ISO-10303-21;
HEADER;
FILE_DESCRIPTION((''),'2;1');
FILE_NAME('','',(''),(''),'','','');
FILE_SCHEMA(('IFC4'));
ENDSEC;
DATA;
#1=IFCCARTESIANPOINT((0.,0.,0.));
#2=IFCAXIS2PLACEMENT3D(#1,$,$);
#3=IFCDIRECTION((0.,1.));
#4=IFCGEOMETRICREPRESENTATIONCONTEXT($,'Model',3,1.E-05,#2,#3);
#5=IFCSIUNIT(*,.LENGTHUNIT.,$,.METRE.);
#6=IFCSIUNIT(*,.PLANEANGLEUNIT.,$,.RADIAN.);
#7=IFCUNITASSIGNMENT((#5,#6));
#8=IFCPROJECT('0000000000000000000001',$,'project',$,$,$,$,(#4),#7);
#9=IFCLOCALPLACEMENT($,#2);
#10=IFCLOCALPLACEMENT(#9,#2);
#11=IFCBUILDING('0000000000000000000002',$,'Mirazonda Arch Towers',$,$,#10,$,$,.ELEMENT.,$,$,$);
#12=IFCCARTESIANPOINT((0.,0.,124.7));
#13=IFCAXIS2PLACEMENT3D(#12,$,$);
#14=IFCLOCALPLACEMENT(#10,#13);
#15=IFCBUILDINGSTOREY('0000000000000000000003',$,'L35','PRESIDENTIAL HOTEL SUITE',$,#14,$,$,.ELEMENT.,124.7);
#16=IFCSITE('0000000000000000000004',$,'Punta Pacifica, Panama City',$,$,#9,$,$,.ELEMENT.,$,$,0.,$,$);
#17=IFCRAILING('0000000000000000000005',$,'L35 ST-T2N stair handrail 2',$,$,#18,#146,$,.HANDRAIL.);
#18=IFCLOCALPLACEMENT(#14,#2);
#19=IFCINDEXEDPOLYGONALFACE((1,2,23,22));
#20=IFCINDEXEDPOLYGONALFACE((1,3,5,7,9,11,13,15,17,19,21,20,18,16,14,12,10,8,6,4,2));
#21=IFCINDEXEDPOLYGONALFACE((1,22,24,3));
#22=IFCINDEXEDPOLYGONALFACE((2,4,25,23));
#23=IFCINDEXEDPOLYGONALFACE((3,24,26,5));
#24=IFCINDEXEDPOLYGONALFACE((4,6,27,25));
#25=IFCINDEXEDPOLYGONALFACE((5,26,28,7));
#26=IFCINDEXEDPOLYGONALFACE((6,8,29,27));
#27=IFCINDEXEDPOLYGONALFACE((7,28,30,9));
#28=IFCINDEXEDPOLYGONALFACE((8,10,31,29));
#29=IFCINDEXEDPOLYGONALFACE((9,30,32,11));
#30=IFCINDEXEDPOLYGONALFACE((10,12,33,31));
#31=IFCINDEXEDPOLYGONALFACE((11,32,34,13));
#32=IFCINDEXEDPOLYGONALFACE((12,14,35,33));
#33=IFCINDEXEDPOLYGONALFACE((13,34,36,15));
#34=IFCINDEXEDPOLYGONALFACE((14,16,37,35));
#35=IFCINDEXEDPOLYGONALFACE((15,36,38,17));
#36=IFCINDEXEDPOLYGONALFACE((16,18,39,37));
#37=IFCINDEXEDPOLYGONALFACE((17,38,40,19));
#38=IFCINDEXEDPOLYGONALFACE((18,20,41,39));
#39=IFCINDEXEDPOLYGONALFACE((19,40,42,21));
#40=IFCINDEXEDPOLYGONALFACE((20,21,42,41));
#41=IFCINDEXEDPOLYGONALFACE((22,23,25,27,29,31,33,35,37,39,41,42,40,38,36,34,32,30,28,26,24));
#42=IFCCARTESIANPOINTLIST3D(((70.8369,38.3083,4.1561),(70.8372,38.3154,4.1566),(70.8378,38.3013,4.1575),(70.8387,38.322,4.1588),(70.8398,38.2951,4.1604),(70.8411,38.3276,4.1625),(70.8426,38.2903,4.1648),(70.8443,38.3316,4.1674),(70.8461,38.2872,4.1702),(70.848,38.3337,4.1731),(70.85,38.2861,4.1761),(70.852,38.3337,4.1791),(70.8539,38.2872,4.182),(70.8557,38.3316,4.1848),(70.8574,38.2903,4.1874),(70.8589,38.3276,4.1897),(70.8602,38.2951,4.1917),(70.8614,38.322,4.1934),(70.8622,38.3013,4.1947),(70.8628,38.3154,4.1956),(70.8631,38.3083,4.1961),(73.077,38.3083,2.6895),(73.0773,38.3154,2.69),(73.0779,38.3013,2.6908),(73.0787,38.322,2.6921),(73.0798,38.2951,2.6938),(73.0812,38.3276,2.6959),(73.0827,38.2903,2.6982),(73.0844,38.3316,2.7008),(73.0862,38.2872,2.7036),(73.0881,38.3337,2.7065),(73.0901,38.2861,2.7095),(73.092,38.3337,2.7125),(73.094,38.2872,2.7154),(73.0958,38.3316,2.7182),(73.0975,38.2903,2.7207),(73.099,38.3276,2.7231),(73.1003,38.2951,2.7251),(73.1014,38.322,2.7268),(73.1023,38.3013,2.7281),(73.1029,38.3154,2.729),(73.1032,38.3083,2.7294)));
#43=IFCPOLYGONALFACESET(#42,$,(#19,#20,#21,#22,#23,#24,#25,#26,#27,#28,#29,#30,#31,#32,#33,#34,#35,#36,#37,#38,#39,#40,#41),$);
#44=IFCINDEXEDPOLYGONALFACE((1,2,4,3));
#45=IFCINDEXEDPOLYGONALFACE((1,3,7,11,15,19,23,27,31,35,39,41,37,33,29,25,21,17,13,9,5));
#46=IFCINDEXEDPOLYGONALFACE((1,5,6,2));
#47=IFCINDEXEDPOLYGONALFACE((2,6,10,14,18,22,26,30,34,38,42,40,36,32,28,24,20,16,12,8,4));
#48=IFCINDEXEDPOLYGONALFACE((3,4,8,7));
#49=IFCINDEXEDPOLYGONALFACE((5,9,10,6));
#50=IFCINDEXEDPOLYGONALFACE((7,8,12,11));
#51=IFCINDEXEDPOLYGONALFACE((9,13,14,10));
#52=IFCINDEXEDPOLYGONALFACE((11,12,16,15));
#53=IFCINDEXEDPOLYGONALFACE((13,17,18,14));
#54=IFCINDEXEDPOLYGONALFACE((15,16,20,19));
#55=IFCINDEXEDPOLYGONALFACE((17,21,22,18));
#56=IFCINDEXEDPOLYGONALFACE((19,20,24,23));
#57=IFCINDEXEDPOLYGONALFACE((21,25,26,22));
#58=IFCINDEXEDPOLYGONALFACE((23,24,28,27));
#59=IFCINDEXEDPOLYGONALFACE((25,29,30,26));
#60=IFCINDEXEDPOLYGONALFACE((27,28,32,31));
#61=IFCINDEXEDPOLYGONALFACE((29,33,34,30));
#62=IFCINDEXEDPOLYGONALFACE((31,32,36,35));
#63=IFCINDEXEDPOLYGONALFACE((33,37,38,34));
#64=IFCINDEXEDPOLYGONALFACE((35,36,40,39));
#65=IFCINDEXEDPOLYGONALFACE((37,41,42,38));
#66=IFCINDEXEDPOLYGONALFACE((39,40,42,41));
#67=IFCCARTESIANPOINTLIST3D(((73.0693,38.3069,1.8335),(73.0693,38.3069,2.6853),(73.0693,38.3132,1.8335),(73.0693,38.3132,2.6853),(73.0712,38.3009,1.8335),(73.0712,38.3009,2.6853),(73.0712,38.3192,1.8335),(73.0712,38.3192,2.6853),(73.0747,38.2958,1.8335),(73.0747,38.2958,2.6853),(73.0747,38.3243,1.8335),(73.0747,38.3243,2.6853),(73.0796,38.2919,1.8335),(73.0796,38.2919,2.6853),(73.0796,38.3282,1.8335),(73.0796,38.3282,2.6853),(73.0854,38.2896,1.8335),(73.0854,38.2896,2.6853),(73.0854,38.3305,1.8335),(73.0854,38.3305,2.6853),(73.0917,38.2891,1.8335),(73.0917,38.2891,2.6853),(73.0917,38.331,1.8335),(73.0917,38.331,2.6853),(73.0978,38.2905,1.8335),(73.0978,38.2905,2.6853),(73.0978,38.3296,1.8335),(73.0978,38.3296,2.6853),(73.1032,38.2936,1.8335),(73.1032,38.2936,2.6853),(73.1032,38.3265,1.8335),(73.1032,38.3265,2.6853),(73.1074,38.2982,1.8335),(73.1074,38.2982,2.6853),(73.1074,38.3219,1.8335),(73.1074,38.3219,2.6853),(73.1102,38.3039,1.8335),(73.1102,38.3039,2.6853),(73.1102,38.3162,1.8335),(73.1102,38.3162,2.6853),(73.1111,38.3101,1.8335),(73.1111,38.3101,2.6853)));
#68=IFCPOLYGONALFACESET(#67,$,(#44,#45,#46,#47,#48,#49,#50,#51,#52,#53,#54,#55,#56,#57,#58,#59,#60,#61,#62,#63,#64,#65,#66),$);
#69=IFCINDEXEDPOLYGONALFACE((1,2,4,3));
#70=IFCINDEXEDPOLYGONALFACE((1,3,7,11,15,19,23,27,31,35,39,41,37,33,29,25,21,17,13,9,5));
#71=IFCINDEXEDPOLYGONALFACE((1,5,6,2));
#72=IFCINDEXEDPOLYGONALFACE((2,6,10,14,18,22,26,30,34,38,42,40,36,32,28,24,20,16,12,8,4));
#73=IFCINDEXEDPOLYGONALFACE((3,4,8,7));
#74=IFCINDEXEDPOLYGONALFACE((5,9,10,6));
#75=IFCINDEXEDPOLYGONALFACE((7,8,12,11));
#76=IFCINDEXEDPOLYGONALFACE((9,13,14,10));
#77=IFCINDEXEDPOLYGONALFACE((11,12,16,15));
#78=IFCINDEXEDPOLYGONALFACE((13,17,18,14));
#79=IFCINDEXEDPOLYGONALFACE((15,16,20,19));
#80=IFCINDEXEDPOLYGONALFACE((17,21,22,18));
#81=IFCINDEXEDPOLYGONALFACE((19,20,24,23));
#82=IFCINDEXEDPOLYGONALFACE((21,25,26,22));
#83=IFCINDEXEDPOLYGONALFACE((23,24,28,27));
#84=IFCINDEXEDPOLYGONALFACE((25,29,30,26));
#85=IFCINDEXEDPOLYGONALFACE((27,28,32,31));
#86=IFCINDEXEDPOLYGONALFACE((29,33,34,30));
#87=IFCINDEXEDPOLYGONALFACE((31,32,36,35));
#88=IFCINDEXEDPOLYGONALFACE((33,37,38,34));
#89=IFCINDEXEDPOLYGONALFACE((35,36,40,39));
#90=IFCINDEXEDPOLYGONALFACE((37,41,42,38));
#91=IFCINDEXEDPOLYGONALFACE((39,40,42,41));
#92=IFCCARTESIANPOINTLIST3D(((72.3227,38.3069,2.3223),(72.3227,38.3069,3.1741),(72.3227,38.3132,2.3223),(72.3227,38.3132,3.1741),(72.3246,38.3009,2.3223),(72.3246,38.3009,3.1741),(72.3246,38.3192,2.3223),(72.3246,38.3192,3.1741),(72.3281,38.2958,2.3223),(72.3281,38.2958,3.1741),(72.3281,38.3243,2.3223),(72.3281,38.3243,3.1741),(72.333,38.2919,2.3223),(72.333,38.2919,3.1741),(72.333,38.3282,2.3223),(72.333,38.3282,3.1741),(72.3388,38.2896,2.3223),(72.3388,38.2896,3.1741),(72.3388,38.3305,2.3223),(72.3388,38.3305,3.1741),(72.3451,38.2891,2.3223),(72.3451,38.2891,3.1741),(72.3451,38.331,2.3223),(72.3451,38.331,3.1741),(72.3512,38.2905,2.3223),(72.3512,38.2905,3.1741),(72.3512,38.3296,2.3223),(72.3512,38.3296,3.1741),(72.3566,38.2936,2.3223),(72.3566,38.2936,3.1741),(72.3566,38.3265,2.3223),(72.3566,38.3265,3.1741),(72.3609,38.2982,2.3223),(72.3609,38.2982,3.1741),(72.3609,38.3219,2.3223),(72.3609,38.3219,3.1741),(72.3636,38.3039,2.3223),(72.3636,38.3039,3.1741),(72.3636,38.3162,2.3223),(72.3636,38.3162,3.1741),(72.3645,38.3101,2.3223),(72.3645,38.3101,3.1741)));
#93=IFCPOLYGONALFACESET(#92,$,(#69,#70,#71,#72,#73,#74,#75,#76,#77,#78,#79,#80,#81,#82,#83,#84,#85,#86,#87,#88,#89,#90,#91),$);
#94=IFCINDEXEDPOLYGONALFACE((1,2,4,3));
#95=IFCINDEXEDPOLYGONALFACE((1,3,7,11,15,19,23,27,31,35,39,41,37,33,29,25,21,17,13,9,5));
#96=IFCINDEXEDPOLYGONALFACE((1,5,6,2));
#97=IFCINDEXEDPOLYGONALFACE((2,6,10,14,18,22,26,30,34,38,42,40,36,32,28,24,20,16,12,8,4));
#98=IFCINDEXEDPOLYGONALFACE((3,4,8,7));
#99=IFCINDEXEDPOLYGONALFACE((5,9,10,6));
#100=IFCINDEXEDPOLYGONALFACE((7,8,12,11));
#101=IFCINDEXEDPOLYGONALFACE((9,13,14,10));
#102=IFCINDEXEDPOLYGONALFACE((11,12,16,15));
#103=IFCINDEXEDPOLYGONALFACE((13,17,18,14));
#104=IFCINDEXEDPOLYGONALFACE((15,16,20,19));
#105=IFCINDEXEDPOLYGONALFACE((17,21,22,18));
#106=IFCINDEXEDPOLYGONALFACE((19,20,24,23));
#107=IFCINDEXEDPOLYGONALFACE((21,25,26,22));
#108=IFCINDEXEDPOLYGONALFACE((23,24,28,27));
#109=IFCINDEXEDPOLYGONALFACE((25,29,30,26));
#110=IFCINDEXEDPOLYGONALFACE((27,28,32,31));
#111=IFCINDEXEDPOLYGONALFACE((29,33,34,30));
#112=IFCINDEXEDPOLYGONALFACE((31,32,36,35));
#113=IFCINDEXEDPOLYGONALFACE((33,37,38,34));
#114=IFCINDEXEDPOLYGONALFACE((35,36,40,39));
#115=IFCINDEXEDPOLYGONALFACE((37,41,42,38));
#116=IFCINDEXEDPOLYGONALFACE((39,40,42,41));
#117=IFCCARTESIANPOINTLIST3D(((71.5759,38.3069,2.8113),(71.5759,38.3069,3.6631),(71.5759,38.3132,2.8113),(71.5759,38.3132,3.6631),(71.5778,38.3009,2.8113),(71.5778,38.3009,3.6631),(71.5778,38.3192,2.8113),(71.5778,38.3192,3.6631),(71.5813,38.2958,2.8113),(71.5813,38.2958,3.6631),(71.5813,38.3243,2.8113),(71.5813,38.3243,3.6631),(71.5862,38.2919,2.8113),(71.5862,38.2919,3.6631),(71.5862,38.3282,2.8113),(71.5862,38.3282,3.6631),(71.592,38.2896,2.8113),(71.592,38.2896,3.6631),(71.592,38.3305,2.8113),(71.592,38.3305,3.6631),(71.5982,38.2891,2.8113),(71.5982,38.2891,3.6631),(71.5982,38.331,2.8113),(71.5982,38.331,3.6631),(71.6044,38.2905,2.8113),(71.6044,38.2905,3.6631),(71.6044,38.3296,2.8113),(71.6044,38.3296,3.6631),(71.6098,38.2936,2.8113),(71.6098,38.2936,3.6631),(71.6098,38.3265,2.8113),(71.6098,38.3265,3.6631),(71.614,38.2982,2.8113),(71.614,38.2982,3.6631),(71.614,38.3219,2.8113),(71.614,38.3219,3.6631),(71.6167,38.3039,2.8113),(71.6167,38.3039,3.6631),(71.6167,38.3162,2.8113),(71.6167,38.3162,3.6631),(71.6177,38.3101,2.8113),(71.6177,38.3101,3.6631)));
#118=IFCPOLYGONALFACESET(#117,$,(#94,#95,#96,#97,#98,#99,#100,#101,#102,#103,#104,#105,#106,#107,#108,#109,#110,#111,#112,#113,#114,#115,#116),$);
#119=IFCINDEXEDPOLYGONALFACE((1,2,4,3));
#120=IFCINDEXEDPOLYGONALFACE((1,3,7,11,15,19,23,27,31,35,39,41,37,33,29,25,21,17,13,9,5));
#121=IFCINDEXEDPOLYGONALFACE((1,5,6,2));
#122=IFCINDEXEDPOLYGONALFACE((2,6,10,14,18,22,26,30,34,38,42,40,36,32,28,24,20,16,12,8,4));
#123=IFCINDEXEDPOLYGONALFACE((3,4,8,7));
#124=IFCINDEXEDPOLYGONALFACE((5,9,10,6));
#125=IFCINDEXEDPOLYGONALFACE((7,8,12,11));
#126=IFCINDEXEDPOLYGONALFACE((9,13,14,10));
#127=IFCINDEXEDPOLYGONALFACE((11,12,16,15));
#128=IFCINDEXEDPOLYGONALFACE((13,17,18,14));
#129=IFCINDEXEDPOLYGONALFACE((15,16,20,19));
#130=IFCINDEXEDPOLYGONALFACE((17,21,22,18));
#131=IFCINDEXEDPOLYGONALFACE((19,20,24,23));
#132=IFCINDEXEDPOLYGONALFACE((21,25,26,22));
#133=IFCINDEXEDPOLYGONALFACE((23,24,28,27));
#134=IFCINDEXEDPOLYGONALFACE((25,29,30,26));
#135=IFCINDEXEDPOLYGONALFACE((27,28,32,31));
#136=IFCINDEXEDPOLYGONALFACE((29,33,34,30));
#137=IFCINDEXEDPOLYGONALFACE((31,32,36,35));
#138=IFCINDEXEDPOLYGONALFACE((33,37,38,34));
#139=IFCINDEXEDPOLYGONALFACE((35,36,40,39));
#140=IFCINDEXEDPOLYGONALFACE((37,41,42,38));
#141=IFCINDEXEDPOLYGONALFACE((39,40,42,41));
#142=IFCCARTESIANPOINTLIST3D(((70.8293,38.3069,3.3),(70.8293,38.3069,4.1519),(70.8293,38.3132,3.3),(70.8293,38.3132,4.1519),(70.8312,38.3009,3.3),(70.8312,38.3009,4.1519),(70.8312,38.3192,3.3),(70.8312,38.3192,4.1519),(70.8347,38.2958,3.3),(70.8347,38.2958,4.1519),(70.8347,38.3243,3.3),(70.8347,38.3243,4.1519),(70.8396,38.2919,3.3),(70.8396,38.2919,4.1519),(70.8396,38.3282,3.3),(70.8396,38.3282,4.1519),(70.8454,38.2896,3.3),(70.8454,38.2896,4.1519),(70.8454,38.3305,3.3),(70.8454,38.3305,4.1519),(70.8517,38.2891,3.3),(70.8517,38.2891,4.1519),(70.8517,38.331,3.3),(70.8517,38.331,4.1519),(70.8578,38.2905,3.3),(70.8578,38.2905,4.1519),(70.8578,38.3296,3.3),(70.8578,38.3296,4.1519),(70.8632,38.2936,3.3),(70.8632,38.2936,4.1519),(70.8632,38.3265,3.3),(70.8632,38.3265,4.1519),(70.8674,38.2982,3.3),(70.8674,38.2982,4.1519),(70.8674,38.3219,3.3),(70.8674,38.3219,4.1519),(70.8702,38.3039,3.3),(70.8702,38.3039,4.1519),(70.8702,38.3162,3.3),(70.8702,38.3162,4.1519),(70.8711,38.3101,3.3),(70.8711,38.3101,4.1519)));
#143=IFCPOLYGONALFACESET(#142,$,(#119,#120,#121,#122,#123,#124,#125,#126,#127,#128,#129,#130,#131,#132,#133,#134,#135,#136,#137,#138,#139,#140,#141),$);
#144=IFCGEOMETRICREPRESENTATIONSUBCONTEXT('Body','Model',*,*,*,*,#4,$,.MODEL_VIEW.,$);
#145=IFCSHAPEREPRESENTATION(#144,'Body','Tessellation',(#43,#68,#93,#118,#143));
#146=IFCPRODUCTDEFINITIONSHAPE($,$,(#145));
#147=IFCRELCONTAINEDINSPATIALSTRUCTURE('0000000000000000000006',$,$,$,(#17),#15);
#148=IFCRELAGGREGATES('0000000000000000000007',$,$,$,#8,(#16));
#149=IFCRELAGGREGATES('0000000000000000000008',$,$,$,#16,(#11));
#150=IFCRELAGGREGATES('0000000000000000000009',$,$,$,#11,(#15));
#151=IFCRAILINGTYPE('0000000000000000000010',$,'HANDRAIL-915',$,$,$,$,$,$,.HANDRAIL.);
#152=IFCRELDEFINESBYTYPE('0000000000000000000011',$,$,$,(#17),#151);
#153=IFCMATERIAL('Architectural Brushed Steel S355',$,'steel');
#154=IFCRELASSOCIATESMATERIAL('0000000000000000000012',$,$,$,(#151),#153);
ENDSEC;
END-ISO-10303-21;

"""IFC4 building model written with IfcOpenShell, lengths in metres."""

from ifc_helpers import new_model, si_unit, direction, frame, origin, origin_2d, place, context, subcontext, project, spatial, circle, extrude, material, type_object, element, save


model = new_model("IFC4")

# Units and contexts
model_context = context("Model", 3, precision=1e-05, world=origin(), true_north=direction((0.0, 1.0)))
body_context = subcontext(model_context, "Body", "Model", "MODEL_VIEW")
ifc_project = project(units=[si_unit("LENGTHUNIT", "METRE"), si_unit("PLANEANGLEUNIT", "RADIAN")], contexts=[model_context])

# Site, building, storey
site_placement = place(None, origin())
site = spatial("IfcSite", under=ifc_project, at=site_placement, Name="Punta Pacifica, Panama City", CompositionType="ELEMENT", RefElevation=0.0)
building_placement = place(site_placement, origin())
building = spatial("IfcBuilding", under=site, at=building_placement, Name="Mirazonda Arch Towers", CompositionType="ELEMENT")
storey_placement = place(building_placement, frame((0.0, 0.0, 124.7)))
storey = spatial("IfcBuildingStorey", under=building, at=storey_placement, Name="L35", Description="PRESIDENTIAL HOTEL SUITE", CompositionType="ELEMENT", Elevation=124.7)

# Railing
ifc_material_1 = material(Name="Architectural Brushed Steel S355", Category="steel")
railing_type_1 = type_object("IfcRailingType", Name="HANDRAIL-915", PredefinedType="HANDRAIL", material=ifc_material_1)
railing_1_placement = place(storey_placement, frame((73.0901, 38.3101, 1.8335)))
element("IfcRailing", 1, at=railing_1_placement, inside=storey, type_object=railing_type_1, Name="L35 ST-T2N stair handrail 2", PredefinedType="HANDRAIL", context=body_context, shape_type="SweptSolid", body=[
    extrude(circle(Radius=0.0239, at=origin_2d()), frame((0.0, 0.0, 0.876), z_axis=(-0.836637, 0.0, 0.547758), x_axis=(0.0, -1.0, 0.0)), (0.0, 0.0, 1.0), 2.6775),
    extrude(circle(Radius=0.021, at=origin_2d()), origin(), (0.0, 0.0, 1.0), 0.8518),
    extrude(circle(Radius=0.021, at=origin_2d()), frame((-0.7466, 0.0, 0.4888)), (0.0, 0.0, 1.0), 0.8518),
    extrude(circle(Radius=0.021, at=origin_2d()), frame((-1.4934, 0.0, 0.9778)), (0.0, 0.0, 1.0), 0.8518),
    extrude(circle(Radius=0.021, at=origin_2d()), frame((-2.24, 0.0, 1.4666)), (0.0, 0.0, 1.0), 0.8518),
])

save(model, "model.ifc")
